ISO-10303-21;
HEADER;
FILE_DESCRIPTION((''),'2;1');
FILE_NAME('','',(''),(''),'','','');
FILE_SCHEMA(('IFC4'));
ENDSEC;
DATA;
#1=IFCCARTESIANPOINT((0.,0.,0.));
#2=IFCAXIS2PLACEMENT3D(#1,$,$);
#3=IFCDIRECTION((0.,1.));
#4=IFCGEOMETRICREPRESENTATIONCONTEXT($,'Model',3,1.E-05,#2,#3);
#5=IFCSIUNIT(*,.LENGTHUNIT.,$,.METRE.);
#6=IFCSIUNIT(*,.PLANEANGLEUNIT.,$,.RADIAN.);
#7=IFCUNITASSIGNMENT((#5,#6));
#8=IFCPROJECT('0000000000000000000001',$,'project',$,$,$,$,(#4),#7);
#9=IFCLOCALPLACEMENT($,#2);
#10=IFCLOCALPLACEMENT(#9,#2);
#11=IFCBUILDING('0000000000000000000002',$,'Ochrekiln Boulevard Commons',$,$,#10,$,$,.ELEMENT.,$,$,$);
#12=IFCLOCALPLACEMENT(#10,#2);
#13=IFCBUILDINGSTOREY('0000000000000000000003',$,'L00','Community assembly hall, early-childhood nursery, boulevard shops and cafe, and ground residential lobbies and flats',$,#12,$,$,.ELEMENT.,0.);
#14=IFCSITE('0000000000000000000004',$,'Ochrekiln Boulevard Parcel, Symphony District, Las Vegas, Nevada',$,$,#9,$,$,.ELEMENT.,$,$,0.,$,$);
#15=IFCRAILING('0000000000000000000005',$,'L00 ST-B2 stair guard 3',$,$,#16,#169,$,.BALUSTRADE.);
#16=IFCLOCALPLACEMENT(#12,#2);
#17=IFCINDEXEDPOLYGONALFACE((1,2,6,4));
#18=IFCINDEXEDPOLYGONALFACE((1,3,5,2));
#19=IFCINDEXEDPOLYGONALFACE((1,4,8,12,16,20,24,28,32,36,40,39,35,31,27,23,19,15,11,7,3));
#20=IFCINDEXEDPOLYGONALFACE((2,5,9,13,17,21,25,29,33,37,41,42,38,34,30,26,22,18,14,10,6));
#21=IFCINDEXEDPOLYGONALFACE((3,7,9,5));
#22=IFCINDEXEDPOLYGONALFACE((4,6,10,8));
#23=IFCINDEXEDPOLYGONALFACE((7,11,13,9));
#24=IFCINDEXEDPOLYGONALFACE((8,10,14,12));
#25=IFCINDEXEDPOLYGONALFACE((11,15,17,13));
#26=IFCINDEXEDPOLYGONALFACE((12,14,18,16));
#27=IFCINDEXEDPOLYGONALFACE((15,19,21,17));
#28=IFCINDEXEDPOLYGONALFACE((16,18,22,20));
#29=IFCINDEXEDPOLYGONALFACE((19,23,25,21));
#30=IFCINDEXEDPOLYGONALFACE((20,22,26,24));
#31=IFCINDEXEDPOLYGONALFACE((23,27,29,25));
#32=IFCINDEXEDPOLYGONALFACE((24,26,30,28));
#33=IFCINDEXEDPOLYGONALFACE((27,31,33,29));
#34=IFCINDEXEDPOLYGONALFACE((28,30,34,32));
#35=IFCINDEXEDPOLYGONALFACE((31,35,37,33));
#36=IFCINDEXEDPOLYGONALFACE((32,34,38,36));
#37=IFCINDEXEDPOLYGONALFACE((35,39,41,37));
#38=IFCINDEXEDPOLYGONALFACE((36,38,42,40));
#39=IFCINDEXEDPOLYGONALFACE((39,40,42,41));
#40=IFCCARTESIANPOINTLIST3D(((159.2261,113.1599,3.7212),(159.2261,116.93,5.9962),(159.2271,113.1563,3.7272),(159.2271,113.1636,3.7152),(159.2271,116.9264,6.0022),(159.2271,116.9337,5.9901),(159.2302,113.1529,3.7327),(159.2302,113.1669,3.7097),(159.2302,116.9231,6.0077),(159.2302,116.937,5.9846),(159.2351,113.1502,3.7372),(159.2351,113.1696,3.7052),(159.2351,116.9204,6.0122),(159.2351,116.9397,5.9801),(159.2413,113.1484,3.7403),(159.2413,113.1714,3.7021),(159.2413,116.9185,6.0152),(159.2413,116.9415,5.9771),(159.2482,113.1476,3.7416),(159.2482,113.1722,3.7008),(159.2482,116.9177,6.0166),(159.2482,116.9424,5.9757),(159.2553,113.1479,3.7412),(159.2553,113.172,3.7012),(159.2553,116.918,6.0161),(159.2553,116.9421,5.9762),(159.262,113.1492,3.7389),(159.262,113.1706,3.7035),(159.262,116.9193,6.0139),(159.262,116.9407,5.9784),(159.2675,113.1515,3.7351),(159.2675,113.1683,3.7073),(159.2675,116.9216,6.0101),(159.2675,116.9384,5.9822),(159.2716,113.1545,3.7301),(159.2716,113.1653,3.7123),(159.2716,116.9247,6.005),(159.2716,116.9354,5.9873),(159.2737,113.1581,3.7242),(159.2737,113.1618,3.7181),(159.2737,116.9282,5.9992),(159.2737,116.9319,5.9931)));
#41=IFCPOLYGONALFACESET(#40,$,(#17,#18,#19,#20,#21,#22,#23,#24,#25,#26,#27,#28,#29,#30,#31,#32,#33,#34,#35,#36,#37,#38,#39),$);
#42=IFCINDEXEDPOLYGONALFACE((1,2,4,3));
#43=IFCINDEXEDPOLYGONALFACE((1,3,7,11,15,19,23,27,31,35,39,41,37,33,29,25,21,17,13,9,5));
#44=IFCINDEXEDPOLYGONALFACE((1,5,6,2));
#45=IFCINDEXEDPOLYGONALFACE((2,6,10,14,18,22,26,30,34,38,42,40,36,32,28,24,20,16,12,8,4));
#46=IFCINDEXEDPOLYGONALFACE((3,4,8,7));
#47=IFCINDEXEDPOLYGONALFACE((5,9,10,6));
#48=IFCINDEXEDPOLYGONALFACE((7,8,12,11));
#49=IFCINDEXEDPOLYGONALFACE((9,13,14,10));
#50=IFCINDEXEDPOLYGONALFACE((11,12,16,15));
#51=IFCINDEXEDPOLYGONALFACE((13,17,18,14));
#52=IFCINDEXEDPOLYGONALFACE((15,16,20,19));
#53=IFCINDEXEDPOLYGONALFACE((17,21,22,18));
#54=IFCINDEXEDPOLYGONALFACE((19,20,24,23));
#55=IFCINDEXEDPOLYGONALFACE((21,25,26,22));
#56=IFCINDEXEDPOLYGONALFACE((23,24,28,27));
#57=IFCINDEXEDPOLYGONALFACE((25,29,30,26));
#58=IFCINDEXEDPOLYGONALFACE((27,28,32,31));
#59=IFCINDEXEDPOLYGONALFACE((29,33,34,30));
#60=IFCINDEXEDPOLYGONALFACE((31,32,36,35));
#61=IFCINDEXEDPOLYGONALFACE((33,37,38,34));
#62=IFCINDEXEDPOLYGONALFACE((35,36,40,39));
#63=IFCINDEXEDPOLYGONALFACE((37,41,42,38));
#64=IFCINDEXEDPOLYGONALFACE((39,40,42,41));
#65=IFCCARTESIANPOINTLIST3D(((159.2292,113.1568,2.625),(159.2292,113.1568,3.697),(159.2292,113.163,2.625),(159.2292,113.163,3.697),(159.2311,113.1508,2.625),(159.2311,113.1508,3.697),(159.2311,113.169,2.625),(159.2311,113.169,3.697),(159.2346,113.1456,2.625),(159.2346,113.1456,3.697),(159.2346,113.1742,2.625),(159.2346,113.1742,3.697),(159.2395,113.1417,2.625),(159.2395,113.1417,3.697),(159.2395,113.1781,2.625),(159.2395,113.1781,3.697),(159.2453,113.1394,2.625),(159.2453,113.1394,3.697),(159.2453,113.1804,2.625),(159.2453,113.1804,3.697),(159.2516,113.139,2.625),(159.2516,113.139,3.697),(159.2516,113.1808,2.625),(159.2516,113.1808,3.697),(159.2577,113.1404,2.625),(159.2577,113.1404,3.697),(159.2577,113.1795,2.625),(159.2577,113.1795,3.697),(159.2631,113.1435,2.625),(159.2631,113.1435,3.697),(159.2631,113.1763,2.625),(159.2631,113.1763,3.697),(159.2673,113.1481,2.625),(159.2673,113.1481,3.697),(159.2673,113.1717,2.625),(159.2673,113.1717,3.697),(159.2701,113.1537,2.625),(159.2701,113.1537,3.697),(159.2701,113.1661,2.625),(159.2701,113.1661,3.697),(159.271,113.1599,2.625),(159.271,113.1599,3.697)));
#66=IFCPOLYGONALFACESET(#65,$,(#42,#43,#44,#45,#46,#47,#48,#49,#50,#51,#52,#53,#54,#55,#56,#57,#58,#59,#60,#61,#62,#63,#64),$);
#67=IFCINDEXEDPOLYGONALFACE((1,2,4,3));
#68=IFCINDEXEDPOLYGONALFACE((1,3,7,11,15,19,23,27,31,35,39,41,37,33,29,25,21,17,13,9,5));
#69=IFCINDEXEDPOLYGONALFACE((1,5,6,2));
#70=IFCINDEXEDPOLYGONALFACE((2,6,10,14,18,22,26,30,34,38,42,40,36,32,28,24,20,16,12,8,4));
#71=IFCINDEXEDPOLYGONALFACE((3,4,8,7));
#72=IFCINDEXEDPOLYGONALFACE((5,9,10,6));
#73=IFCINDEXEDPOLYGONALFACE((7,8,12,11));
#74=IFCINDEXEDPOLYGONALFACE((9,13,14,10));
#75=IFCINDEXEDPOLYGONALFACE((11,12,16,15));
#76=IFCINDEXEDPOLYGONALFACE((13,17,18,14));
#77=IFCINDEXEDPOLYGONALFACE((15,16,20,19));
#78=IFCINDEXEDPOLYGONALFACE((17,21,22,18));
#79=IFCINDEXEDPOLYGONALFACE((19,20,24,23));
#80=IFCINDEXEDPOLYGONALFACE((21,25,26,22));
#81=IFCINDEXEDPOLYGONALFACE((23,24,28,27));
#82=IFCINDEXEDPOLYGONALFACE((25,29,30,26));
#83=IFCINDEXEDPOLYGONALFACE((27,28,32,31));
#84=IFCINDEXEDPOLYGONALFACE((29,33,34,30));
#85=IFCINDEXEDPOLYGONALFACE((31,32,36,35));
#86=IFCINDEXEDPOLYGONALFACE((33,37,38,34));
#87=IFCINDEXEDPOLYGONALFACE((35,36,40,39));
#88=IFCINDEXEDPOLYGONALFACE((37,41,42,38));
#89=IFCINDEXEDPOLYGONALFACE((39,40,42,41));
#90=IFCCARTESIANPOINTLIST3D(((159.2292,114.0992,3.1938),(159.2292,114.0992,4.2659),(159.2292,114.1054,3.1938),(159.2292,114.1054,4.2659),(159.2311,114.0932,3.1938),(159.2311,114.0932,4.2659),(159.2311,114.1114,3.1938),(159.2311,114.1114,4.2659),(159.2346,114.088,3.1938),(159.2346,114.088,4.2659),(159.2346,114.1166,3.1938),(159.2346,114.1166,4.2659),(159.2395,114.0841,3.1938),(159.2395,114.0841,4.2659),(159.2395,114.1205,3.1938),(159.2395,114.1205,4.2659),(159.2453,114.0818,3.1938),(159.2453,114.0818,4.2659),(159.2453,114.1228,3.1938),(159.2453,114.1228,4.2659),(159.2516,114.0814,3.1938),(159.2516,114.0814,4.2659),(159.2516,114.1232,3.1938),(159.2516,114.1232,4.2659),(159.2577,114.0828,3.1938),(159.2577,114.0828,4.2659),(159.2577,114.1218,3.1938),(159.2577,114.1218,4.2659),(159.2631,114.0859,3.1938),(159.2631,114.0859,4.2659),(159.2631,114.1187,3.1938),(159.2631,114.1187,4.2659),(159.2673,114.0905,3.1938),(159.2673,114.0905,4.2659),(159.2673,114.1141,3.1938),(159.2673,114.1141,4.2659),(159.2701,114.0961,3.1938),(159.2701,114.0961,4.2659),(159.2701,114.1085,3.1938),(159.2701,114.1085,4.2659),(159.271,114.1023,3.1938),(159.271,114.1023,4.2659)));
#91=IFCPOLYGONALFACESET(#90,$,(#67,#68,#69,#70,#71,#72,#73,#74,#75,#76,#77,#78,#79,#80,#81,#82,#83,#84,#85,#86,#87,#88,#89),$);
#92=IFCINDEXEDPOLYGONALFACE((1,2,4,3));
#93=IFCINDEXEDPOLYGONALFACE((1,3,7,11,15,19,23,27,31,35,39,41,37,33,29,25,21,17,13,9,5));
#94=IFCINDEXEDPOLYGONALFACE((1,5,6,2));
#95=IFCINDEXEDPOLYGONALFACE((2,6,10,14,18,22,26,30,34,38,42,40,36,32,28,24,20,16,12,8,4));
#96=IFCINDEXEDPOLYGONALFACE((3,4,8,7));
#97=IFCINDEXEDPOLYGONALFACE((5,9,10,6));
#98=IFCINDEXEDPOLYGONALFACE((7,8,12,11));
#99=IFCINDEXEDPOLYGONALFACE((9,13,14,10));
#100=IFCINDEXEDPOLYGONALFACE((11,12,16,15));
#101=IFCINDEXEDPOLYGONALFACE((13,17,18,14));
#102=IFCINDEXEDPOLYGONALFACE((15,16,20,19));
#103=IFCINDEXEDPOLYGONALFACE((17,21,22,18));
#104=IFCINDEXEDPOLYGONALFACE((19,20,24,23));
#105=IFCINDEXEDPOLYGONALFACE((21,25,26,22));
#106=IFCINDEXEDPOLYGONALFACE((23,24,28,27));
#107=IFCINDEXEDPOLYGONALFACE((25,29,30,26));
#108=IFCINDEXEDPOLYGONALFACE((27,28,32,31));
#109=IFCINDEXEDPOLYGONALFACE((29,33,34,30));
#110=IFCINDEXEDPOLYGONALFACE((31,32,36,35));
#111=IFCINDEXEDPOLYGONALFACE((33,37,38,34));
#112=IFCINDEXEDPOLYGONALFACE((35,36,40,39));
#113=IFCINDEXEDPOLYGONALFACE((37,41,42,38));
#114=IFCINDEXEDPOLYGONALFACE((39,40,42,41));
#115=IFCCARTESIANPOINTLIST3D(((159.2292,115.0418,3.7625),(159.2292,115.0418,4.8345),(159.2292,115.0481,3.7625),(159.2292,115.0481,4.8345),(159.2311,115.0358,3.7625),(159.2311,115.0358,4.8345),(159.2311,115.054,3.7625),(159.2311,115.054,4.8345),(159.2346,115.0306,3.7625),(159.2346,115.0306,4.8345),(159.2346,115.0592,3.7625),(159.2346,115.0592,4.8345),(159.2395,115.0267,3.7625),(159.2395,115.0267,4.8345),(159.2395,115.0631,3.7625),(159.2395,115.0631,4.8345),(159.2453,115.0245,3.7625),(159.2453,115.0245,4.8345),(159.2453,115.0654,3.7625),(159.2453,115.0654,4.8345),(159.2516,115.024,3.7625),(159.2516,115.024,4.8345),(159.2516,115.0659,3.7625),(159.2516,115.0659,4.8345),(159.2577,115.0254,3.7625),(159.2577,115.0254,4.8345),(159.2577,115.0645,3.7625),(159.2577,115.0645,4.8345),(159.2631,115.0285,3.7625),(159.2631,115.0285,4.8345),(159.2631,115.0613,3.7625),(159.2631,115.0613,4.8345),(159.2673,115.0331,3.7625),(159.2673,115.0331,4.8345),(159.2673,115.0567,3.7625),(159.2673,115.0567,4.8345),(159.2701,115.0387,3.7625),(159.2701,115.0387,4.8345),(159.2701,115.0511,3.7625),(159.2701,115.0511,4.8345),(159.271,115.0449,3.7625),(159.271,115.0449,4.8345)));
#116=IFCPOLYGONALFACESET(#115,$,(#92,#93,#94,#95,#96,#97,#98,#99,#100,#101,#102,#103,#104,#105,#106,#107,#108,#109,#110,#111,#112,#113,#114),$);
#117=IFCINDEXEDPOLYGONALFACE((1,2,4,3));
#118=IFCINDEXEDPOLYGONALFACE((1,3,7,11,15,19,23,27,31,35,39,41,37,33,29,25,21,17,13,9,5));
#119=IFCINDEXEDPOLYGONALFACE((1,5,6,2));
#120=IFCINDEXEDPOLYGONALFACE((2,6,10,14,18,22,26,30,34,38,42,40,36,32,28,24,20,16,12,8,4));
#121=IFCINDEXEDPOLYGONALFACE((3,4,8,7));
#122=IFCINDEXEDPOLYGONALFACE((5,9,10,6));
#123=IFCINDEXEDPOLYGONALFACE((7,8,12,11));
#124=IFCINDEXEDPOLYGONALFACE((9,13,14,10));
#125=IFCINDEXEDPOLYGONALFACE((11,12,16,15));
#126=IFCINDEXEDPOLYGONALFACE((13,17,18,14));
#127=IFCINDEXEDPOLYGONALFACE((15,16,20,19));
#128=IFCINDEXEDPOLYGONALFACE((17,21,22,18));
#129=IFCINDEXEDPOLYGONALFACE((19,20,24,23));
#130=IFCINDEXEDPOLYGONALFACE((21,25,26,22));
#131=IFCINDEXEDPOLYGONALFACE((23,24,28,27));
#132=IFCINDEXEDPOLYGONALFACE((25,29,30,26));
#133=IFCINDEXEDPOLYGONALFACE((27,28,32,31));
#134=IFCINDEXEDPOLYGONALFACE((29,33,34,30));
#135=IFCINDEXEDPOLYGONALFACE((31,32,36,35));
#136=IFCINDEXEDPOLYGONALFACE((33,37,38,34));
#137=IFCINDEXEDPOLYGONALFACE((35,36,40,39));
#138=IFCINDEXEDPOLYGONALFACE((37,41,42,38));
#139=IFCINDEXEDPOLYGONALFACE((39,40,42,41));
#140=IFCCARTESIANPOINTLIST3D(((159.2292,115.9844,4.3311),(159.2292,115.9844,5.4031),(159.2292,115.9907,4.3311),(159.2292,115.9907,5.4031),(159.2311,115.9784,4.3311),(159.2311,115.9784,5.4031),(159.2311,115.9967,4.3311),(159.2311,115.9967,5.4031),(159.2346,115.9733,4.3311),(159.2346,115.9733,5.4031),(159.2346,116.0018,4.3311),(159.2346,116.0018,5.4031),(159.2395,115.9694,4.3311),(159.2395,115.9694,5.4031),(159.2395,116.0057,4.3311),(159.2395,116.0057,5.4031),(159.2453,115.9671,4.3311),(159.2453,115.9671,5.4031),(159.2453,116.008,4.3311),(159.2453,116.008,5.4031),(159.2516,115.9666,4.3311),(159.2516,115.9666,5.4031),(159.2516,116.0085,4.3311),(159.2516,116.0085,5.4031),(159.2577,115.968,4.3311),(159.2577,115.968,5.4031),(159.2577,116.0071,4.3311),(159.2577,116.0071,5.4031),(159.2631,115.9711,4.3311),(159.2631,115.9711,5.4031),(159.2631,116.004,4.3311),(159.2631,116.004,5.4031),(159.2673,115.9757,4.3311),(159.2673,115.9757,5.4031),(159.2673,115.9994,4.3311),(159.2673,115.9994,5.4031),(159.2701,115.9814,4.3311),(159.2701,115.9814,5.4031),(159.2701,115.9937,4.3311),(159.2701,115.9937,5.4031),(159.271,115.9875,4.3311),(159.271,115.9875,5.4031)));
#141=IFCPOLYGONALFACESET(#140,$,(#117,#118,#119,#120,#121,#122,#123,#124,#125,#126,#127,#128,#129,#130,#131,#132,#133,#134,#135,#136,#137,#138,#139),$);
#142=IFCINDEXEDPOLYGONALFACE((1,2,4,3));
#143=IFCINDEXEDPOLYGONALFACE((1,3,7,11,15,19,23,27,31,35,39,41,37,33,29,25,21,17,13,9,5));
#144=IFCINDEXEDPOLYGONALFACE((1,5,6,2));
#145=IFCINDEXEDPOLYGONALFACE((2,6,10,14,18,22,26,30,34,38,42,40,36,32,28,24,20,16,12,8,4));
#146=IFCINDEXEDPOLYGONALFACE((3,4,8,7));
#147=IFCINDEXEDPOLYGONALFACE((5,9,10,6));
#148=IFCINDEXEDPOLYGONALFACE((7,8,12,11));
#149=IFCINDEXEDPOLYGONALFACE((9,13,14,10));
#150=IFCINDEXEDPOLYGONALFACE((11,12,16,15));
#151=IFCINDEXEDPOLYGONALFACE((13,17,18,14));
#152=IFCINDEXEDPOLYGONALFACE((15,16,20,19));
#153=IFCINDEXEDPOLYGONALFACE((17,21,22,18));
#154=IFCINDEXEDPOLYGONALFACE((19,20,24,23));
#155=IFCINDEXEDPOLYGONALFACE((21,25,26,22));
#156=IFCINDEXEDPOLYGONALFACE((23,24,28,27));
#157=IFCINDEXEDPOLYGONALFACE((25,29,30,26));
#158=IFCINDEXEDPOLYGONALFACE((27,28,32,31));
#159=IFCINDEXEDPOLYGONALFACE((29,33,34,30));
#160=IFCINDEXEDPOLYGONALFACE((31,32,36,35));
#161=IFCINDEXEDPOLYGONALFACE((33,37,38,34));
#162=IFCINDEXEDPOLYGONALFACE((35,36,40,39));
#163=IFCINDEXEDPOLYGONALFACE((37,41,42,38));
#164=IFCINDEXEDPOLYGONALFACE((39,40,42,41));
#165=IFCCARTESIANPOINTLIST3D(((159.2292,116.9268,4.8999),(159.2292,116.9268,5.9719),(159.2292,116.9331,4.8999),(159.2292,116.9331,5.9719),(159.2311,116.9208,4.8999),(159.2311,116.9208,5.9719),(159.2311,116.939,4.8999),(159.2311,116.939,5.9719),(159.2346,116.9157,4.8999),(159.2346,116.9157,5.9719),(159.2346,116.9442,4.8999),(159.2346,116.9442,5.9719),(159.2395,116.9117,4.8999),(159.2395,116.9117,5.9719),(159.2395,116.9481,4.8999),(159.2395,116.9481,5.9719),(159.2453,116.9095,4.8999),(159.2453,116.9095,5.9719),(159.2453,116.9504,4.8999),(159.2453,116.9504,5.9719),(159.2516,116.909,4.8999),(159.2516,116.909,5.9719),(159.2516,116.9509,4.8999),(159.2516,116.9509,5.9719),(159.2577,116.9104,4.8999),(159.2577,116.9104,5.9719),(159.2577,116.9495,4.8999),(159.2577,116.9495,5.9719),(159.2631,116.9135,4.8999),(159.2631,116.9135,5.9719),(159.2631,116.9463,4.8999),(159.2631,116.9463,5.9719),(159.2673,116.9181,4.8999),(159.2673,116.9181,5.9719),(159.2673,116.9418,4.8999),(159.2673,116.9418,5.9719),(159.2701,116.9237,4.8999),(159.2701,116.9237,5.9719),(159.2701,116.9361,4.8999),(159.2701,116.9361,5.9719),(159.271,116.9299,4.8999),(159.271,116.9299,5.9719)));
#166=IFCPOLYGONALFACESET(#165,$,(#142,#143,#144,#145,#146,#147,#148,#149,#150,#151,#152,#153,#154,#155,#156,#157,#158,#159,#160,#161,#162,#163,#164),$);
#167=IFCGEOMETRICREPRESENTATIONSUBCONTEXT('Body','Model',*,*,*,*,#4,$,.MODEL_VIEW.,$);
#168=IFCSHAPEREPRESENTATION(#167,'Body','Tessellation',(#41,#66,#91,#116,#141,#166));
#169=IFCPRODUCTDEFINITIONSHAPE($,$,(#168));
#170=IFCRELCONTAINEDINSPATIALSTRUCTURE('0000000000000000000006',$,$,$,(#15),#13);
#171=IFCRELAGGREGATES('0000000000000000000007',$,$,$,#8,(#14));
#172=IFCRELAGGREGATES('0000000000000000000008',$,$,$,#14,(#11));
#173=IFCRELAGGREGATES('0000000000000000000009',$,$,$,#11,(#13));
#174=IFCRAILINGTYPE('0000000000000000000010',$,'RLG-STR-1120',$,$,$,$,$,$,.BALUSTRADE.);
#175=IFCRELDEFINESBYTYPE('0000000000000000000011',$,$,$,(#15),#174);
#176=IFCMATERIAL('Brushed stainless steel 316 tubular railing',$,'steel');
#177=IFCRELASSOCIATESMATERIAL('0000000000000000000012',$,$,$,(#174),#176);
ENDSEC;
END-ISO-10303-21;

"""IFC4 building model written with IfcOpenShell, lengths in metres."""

from ifc_helpers import new_model, si_unit, direction, frame, origin, origin_2d, place, context, subcontext, project, spatial, circle, extrude, material, type_object, element, save


model = new_model("IFC4")

# Units and contexts
model_context = context("Model", 3, precision=1e-05, world=origin(), true_north=direction((0.0, 1.0)))
body_context = subcontext(model_context, "Body", "Model", "MODEL_VIEW")
ifc_project = project(units=[si_unit("LENGTHUNIT", "METRE"), si_unit("PLANEANGLEUNIT", "RADIAN")], contexts=[model_context])

# Site, building, storey
site_placement = place(None, origin())
site = spatial("IfcSite", under=ifc_project, at=site_placement, Name="Ochrekiln Boulevard Parcel, Symphony District, Las Vegas, Nevada", CompositionType="ELEMENT", RefElevation=0.0)
building_placement = place(site_placement, origin())
building = spatial("IfcBuilding", under=site, at=building_placement, Name="Ochrekiln Boulevard Commons", CompositionType="ELEMENT")
storey_placement = place(building_placement, origin())
storey = spatial("IfcBuildingStorey", under=building, at=storey_placement, Name="L00", Description="Community assembly hall, early-childhood nursery, boulevard shops and cafe, and ground residential lobbies and flats", CompositionType="ELEMENT", Elevation=0.0)

# Railing
ifc_material_1 = material(Name="Brushed stainless steel 316 tubular railing", Category="steel")
railing_type_1 = type_object("IfcRailingType", Name="RLG-STR-1120", PredefinedType="BALUSTRADE", material=ifc_material_1)
railing_1_placement = place(storey_placement, frame((159.25, 113.1599, 2.625)))
element("IfcRailing", 1, at=railing_1_placement, inside=storey, type_object=railing_type_1, Name="L00 ST-B2 stair guard 3", PredefinedType="BALUSTRADE", context=body_context, shape_type="SweptSolid", body=[
    extrude(circle(Radius=0.0239, at=origin_2d()), frame((0.0, 0.0, 1.0962), z_axis=(0.0, 0.856199, 0.516647), x_axis=(-1.0, 0.0, 0.0)), (0.0, 0.0, 1.0), 4.4033),
    extrude(circle(Radius=0.021, at=origin_2d()), origin(), (0.0, 0.0, 1.0), 1.072),
    extrude(circle(Radius=0.021, at=origin_2d()), frame((0.0, 0.9424, 0.5688)), (0.0, 0.0, 1.0), 1.072),
    extrude(circle(Radius=0.021, at=origin_2d()), frame((0.0, 1.885, 1.1375)), (0.0, 0.0, 1.0), 1.072),
    extrude(circle(Radius=0.021, at=origin_2d()), frame((0.0, 2.8276, 1.7061)), (0.0, 0.0, 1.0), 1.072),
    extrude(circle(Radius=0.021, at=origin_2d()), frame((0.0, 3.77, 2.2749)), (0.0, 0.0, 1.0), 1.072),
])

save(model, "model.ifc")
